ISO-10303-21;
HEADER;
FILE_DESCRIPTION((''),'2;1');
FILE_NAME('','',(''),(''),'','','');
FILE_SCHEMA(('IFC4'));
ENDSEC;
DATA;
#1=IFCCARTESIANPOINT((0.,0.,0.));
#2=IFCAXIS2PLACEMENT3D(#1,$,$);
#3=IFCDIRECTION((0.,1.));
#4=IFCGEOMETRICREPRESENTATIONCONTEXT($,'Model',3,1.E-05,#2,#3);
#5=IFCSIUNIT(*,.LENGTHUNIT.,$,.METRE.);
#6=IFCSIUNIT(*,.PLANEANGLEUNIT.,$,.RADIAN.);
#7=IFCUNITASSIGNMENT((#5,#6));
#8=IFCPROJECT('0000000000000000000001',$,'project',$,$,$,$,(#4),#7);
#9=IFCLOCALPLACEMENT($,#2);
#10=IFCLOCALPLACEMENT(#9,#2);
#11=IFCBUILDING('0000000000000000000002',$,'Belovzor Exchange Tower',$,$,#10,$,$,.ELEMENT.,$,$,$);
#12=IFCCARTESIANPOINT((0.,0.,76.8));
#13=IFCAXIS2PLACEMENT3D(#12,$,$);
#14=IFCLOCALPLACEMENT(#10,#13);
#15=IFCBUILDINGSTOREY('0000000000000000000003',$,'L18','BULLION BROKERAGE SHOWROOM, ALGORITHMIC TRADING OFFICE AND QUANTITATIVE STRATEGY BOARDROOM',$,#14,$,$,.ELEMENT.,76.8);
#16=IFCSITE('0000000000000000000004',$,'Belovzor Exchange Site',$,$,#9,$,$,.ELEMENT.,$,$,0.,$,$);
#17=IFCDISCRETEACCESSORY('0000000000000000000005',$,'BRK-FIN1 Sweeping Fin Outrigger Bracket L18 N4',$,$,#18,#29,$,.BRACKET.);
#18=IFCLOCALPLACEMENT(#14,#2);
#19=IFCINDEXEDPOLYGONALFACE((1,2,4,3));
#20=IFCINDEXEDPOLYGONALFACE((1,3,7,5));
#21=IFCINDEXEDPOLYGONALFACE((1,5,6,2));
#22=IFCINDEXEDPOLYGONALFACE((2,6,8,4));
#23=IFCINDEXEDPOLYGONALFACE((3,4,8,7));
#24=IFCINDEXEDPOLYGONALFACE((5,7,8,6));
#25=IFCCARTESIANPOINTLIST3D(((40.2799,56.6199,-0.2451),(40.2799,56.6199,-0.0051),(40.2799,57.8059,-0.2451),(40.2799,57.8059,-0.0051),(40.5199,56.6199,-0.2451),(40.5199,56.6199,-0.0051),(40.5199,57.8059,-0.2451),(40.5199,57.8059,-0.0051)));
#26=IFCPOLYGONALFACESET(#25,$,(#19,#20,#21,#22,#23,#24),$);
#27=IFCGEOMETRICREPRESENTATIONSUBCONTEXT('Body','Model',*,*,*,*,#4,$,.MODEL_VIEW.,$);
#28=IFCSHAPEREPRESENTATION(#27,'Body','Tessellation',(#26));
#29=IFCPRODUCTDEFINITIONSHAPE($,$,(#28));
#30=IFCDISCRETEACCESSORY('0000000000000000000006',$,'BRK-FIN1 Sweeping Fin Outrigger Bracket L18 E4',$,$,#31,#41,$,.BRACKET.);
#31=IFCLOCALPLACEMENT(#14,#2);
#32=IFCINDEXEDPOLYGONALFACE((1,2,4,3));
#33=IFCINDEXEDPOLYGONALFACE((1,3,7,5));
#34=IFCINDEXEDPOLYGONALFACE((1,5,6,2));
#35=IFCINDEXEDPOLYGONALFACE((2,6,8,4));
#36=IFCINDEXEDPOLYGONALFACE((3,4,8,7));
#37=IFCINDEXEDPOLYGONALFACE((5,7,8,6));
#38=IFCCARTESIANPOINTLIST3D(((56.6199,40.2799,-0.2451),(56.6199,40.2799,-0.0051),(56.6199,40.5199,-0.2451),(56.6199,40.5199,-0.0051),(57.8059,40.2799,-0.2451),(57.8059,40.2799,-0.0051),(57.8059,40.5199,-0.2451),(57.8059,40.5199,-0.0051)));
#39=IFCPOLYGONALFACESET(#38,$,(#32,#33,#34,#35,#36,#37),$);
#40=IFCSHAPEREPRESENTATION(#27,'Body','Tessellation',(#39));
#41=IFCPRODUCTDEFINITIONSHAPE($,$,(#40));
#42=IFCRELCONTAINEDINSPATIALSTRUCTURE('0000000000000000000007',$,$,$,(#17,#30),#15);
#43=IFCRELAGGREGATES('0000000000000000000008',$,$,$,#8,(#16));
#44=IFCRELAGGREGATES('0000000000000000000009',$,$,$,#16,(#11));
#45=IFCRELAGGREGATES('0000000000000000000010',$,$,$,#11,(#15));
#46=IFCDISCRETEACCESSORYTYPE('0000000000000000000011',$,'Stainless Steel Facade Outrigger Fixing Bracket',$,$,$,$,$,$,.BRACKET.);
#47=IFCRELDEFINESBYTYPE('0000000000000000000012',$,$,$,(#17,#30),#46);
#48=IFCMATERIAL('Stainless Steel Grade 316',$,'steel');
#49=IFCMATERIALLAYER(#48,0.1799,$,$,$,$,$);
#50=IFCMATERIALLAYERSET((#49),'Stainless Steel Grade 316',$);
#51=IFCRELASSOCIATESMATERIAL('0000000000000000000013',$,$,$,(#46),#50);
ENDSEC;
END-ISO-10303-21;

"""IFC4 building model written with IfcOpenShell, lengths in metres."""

from ifc_helpers import new_model, si_unit, direction, frame, origin, origin_2d, place, context, subcontext, project, spatial, rectangle, extrude, material, layer, layer_set, type_object, element, save


model = new_model("IFC4")

# Units and contexts
model_context = context("Model", 3, precision=1e-05, world=origin(), true_north=direction((0.0, 1.0)))
body_context = subcontext(model_context, "Body", "Model", "MODEL_VIEW")
ifc_project = project(units=[si_unit("LENGTHUNIT", "METRE"), si_unit("PLANEANGLEUNIT", "RADIAN")], contexts=[model_context])

# Site, building, storey
site_placement = place(None, origin())
site = spatial("IfcSite", under=ifc_project, at=site_placement, Name="Belovzor Exchange Site", CompositionType="ELEMENT", RefElevation=0.0)
building_placement = place(site_placement, origin())
building = spatial("IfcBuilding", under=site, at=building_placement, Name="Belovzor Exchange Tower", CompositionType="ELEMENT")
storey_placement = place(building_placement, frame((0.0, 0.0, 76.8)))
storey = spatial("IfcBuildingStorey", under=building, at=storey_placement, Name="L18", Description="BULLION BROKERAGE SHOWROOM, ALGORITHMIC TRADING OFFICE AND QUANTITATIVE STRATEGY BOARDROOM", CompositionType="ELEMENT", Elevation=76.8)

# Discrete accessories
ifc_material_1 = material(Name="Stainless Steel Grade 316", Category="steel")
ifc_layer_1 = layer(ifc_material_1, 0.1799)
ifc_layer_set_1 = layer_set([ifc_layer_1], Name="Stainless Steel Grade 316")
discrete_accessory_type = type_object("IfcDiscreteAccessoryType", Name="Stainless Steel Facade Outrigger Fixing Bracket", PredefinedType="BRACKET", material=ifc_layer_set_1)
for number, where, z_axis, x_axis, name in (
    (1, (40.3999, 57.2129, -0.2451), (0.0, 0.0, 1.0), (0.0, 1.0, 0.0), "BRK-FIN1 Sweeping Fin Outrigger Bracket L18 N4"),
    (2, (57.2129, 40.3999, -0.2451), (0.0, 0.0, 1.0), (1.0, 0.0, 0.0), "BRK-FIN1 Sweeping Fin Outrigger Bracket L18 E4"),
):
    element("IfcDiscreteAccessory", number, at=place(storey_placement, frame(where, z_axis=z_axis, x_axis=x_axis)), inside=storey, type_object=discrete_accessory_type, Name=name, PredefinedType="BRACKET", context=body_context, shape_type="SweptSolid", body=[
        extrude(rectangle(XDim=1.186, YDim=0.24, at=origin_2d()), origin(), (0.0, 0.0, 1.0), 0.24),
    ])

save(model, "model.ifc")
